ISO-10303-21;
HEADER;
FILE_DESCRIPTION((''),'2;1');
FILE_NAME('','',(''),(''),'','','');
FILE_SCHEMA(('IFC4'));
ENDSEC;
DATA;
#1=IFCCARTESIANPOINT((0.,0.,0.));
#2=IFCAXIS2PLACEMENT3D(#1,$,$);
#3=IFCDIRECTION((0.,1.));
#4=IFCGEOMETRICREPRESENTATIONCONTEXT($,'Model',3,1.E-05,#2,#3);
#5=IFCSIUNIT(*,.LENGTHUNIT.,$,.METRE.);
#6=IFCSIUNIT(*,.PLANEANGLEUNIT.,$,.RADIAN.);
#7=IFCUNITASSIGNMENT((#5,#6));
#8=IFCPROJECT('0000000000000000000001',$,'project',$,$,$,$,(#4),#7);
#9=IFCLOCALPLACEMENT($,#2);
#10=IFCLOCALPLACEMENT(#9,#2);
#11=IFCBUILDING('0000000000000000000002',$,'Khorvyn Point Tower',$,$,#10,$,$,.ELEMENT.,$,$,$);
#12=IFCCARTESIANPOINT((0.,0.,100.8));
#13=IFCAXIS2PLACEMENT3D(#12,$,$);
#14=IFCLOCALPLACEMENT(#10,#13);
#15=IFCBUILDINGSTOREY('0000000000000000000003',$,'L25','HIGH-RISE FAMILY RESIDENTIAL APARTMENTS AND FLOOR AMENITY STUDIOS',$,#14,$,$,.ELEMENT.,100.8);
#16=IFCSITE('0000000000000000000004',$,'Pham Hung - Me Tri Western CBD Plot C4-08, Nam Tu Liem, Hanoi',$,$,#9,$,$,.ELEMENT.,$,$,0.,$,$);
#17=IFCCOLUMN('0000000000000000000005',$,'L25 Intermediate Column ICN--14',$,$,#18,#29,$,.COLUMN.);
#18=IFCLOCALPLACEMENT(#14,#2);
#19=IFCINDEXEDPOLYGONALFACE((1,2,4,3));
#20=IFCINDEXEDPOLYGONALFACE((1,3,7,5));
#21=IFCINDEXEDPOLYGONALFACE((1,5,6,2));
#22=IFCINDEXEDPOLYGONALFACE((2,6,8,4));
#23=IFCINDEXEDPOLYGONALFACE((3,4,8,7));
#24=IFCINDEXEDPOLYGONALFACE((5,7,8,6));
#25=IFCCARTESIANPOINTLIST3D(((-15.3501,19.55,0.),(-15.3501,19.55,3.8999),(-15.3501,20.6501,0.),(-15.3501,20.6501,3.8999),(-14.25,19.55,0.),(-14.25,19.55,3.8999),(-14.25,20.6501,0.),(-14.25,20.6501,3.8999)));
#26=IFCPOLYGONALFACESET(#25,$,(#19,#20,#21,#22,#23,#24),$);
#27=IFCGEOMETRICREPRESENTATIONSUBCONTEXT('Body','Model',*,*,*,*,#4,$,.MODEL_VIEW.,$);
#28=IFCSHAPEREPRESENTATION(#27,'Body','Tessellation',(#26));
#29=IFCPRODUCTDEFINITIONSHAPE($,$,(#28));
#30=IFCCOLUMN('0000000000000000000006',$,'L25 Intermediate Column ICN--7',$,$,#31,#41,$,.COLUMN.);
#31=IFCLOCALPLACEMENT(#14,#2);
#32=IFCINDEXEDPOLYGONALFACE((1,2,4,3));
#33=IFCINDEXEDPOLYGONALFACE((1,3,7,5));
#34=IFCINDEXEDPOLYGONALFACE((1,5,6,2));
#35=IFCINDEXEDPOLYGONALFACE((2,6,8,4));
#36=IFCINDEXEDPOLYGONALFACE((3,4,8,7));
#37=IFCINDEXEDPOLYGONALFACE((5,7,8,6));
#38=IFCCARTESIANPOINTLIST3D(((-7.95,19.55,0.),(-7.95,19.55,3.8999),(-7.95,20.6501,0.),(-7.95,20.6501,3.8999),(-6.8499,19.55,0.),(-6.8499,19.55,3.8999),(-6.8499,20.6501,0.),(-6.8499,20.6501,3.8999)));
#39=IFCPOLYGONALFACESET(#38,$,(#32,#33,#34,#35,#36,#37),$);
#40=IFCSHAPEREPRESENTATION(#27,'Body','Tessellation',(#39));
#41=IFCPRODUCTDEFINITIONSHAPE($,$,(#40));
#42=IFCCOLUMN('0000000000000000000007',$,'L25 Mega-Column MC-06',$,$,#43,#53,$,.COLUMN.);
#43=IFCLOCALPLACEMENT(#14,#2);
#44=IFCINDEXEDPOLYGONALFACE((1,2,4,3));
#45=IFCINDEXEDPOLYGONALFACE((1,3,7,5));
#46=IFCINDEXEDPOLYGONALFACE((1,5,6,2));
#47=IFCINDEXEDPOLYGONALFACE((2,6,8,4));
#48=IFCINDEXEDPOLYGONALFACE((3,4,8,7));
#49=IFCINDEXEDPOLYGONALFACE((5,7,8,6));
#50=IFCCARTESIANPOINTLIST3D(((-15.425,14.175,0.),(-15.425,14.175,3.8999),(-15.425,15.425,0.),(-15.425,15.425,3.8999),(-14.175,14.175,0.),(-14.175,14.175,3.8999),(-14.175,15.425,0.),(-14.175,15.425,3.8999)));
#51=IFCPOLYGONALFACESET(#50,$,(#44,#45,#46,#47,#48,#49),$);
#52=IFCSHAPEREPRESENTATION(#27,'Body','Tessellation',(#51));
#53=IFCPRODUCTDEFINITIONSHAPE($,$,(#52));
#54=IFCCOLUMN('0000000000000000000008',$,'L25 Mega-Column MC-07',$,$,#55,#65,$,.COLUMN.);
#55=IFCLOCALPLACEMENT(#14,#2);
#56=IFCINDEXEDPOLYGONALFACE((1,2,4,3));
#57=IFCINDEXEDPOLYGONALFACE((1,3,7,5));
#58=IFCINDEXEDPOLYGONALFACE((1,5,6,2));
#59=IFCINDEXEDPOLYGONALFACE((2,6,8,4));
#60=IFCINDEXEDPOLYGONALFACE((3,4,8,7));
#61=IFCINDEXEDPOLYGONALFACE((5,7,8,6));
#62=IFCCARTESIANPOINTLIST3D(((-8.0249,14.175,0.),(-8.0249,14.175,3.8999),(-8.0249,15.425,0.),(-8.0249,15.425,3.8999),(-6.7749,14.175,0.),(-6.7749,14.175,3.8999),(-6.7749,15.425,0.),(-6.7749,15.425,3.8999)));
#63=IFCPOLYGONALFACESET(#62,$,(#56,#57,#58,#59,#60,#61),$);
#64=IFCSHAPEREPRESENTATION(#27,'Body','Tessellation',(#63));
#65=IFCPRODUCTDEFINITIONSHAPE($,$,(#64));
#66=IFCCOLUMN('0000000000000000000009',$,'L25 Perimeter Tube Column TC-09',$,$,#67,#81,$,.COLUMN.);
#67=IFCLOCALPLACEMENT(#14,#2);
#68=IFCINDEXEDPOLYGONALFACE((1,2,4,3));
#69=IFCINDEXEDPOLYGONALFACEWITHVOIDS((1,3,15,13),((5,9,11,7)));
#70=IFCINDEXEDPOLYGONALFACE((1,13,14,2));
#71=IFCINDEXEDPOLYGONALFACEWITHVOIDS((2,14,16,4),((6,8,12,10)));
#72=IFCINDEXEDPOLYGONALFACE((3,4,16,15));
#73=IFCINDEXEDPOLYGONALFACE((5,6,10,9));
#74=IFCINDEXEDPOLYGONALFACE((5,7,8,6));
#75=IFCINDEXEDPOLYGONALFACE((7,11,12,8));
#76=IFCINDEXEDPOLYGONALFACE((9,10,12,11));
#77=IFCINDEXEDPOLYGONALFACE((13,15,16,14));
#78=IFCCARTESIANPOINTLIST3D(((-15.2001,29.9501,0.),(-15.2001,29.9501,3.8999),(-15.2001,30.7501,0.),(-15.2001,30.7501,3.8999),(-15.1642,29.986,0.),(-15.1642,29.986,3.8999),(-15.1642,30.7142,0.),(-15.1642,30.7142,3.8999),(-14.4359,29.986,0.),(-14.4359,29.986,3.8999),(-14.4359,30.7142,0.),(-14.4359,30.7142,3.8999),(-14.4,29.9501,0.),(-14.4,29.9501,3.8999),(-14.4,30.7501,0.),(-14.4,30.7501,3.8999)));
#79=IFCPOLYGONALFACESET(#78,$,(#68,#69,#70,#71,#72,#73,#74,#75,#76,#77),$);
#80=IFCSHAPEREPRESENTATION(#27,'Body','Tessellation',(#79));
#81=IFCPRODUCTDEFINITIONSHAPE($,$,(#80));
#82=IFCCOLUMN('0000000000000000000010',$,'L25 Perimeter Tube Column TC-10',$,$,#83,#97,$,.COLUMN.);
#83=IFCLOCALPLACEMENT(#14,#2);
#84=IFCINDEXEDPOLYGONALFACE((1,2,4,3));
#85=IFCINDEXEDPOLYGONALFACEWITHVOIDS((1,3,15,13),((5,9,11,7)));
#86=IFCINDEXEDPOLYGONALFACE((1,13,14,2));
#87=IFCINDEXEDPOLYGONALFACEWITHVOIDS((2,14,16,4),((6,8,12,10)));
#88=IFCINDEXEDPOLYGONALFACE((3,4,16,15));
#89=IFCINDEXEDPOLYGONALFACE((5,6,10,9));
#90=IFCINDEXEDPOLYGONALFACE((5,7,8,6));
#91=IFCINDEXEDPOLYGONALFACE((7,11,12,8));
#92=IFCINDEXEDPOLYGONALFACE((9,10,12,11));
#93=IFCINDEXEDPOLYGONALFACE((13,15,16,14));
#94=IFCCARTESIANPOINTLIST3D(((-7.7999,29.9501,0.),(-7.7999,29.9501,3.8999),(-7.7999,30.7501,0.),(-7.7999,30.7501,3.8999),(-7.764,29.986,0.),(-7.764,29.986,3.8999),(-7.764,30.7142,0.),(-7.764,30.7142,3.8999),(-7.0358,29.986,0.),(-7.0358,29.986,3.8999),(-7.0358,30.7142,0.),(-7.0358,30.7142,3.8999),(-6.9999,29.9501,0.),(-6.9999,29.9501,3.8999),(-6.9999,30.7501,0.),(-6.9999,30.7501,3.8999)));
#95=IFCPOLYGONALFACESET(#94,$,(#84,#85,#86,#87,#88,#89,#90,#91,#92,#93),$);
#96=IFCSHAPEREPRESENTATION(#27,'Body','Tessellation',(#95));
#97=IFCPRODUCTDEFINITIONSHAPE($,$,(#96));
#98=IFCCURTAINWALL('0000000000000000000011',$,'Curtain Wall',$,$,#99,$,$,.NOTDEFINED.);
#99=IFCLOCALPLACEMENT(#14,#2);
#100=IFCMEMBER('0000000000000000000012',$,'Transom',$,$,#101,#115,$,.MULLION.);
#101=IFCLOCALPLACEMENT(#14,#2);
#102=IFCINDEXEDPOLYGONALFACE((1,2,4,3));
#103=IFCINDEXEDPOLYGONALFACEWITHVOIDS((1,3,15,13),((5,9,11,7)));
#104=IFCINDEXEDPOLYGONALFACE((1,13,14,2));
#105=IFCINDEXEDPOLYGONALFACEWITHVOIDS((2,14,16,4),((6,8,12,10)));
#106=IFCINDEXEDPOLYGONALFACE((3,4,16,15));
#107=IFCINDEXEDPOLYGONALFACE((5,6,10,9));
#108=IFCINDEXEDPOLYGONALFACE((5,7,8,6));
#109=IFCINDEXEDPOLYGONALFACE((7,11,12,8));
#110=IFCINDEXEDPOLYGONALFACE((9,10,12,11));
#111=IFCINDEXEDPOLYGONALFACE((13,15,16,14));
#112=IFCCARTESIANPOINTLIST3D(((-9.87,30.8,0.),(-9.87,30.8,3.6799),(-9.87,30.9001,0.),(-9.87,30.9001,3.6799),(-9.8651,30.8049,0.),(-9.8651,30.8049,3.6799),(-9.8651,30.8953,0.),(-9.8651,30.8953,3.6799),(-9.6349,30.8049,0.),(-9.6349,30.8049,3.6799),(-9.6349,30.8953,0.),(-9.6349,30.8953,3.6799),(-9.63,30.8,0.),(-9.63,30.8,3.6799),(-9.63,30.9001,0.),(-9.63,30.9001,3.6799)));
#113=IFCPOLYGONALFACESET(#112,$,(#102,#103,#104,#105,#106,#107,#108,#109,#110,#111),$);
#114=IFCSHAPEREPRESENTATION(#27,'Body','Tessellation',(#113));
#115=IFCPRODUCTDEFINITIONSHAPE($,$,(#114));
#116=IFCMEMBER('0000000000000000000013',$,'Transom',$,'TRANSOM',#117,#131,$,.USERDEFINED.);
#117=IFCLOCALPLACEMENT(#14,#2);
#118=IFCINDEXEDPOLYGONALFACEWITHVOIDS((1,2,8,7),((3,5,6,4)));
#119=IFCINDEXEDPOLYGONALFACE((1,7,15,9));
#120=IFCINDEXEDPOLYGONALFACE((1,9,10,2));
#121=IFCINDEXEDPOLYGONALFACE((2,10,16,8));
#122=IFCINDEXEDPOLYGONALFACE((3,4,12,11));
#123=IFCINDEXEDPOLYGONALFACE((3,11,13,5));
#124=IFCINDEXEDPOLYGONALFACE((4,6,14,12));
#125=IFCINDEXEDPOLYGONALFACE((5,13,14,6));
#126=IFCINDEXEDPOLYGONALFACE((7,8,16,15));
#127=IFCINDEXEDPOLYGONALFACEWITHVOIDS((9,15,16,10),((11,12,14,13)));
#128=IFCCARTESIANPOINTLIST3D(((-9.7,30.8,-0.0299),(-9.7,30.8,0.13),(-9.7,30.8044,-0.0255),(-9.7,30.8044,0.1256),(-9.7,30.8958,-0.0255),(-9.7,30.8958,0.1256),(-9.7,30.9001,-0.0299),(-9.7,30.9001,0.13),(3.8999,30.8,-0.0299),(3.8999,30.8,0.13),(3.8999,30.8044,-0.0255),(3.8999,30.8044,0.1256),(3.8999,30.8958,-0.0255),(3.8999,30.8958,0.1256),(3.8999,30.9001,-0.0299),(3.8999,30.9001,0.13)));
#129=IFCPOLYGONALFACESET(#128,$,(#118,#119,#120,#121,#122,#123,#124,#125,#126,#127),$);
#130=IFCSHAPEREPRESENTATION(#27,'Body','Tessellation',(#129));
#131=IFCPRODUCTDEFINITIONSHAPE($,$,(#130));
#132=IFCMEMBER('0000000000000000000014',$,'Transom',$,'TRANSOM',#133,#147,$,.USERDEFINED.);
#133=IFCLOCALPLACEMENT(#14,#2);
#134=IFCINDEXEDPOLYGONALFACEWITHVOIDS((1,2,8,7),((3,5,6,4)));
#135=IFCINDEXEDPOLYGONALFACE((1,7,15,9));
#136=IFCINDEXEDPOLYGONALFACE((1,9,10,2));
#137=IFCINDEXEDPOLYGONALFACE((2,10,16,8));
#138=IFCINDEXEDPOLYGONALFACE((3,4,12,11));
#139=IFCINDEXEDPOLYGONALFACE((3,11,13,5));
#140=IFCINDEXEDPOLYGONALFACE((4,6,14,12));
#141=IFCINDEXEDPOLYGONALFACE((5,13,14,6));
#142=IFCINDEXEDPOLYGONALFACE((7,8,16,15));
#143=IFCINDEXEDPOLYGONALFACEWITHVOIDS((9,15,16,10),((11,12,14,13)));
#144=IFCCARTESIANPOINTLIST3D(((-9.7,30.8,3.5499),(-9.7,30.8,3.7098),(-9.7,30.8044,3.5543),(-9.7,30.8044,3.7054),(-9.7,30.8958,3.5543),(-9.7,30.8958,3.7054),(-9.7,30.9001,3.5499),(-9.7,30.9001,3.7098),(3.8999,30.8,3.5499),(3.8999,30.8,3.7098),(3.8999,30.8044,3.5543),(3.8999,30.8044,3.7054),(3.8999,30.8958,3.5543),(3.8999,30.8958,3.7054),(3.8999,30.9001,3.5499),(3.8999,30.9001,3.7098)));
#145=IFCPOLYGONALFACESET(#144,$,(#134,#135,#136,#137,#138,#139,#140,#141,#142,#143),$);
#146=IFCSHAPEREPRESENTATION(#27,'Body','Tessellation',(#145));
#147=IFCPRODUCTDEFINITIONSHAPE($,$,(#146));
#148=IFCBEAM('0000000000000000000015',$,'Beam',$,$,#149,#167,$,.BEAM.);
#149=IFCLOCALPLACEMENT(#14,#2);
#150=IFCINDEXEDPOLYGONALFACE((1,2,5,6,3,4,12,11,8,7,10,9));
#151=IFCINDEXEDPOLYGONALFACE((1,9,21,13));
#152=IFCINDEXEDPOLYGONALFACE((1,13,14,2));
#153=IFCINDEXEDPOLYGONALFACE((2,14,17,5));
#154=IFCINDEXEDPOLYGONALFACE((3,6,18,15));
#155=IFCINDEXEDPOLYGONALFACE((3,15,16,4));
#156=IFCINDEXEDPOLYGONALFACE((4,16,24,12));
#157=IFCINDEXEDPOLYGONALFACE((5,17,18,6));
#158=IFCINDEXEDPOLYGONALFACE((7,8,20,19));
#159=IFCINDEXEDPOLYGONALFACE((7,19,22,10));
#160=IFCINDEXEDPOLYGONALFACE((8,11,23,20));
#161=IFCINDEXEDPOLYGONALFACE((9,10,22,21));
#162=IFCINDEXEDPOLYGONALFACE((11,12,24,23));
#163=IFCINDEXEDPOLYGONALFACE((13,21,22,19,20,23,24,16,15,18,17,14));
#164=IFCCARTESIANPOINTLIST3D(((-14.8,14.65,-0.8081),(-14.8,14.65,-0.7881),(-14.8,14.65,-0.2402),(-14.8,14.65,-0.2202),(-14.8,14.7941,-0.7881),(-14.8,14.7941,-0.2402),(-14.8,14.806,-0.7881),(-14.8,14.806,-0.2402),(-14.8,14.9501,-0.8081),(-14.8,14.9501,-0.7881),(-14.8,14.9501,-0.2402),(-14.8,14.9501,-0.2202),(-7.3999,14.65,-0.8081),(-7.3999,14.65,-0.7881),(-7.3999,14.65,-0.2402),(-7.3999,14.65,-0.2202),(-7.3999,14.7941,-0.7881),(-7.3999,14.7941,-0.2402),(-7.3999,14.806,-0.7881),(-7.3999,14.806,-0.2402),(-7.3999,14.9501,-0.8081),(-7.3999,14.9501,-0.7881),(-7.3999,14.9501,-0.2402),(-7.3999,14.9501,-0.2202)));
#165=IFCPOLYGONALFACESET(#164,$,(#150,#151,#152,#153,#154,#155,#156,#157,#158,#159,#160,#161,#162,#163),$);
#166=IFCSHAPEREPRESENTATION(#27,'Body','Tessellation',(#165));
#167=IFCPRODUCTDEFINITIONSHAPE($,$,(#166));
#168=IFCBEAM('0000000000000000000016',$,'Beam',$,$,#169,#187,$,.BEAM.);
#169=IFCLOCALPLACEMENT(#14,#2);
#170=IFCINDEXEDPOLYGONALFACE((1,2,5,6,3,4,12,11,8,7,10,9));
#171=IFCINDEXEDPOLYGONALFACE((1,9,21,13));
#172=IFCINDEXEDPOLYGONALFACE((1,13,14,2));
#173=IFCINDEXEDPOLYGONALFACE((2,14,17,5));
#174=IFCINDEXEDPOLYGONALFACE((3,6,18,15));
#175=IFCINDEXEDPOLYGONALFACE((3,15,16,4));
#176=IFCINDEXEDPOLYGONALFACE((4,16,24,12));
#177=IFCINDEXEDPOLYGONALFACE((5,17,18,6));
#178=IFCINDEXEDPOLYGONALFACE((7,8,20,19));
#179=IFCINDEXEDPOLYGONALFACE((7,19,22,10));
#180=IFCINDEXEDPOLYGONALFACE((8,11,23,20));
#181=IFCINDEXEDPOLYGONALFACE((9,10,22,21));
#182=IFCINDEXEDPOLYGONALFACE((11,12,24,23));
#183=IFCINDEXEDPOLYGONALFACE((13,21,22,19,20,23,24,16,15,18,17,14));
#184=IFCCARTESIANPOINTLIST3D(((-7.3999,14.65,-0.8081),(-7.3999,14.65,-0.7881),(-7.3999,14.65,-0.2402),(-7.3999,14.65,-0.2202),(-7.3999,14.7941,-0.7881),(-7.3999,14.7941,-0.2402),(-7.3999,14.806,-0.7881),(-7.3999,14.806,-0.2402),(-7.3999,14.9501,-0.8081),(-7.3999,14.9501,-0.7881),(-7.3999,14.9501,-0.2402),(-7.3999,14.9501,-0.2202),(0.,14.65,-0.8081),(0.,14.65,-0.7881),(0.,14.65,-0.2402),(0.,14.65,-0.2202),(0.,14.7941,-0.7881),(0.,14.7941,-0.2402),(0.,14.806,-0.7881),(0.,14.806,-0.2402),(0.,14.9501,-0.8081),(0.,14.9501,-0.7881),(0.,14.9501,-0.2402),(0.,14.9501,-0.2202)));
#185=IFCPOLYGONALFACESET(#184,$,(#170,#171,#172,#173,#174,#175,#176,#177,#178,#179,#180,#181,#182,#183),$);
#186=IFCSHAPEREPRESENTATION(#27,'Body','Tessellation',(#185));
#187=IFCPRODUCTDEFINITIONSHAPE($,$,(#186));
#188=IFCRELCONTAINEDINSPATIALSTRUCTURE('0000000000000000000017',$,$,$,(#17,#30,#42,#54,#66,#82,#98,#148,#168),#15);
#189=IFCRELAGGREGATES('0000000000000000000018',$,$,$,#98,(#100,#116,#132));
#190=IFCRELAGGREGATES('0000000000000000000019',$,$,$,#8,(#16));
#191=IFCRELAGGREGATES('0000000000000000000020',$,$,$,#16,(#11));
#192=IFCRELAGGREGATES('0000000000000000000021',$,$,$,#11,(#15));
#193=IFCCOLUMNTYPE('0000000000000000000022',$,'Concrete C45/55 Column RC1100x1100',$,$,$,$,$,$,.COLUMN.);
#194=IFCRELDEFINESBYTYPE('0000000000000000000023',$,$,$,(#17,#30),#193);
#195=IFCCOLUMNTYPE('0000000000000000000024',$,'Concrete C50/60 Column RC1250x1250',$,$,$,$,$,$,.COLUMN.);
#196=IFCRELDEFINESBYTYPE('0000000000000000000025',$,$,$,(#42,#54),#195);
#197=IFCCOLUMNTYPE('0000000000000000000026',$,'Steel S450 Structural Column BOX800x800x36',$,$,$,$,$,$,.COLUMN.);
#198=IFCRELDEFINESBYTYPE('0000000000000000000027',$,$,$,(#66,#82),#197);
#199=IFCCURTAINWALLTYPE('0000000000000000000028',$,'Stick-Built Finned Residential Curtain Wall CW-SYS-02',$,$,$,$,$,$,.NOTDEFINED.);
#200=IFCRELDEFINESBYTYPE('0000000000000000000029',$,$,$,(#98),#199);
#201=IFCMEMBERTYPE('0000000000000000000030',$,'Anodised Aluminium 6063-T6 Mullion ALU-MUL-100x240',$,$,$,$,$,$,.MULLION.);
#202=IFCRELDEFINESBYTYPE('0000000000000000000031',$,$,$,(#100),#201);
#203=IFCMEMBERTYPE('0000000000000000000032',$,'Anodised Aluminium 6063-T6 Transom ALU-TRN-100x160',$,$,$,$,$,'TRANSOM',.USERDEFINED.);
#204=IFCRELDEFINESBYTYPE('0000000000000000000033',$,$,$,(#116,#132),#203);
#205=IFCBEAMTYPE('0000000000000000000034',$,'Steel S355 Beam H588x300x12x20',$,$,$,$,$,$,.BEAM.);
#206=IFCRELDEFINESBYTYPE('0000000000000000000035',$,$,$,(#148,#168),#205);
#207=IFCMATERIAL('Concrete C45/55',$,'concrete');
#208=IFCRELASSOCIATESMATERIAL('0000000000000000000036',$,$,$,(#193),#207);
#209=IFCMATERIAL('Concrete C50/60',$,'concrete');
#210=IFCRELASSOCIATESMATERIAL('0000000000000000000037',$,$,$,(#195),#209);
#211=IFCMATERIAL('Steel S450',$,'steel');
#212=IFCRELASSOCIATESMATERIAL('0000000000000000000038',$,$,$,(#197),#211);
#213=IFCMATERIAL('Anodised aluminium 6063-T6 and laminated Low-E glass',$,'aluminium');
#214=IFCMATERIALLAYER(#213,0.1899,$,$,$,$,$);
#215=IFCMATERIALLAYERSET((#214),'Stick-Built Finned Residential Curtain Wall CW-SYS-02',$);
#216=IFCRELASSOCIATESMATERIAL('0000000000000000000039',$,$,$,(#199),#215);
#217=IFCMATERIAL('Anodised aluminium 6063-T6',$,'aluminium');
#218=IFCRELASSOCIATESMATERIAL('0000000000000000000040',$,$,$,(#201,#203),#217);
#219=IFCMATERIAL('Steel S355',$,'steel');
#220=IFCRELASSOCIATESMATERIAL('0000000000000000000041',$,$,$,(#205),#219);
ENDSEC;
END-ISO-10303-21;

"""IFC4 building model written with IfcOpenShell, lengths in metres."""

from ifc_helpers import new_model, si_unit, direction, frame, origin, origin_2d, place, context, subcontext, project, spatial, rectangle, hollow_rectangle, i_section, extrude, material, layer, layer_set, material_profile, profile_set, type_object, element, aggregate, save


model = new_model("IFC4")

# Units and contexts
model_context = context("Model", 3, precision=1e-05, world=origin(), true_north=direction((0.0, 1.0)))
body_context = subcontext(model_context, "Body", "Model", "MODEL_VIEW")
ifc_project = project(units=[si_unit("LENGTHUNIT", "METRE"), si_unit("PLANEANGLEUNIT", "RADIAN")], contexts=[model_context])

# Site, building, storey
site_placement = place(None, origin())
site = spatial("IfcSite", under=ifc_project, at=site_placement, Name="Pham Hung - Me Tri Western CBD Plot C4-08, Nam Tu Liem, Hanoi", CompositionType="ELEMENT", RefElevation=0.0)
building_placement = place(site_placement, origin())
building = spatial("IfcBuilding", under=site, at=building_placement, Name="Khorvyn Point Tower", CompositionType="ELEMENT")
storey_placement = place(building_placement, frame((0.0, 0.0, 100.8)))
storey = spatial("IfcBuildingStorey", under=building, at=storey_placement, Name="L25", Description="HIGH-RISE FAMILY RESIDENTIAL APARTMENTS AND FLOOR AMENITY STUDIOS", CompositionType="ELEMENT", Elevation=100.8)

# Columns
ifc_material_1 = material(Name="Concrete C45/55", Category="concrete")
ifc_material_profile_1 = material_profile(ifc_material_1, rectangle(XDim=1.1001, YDim=1.1001, at=origin_2d()))
ifc_profile_set_1 = profile_set([ifc_material_profile_1], Name="Concrete C45/55 RC1100x1100")
column_type_1 = type_object("IfcColumnType", Name="Concrete C45/55 Column RC1100x1100", PredefinedType="COLUMN", material=ifc_profile_set_1)
for number, where, z_axis, x_axis, name in (
    (1, (-14.8, 20.1001, 0.0), (0.0, 0.0, 1.0), (1.0, 0.0, 0.0), "L25 Intermediate Column ICN--14"),
    (2, (-7.3999, 20.1001, 0.0), (0.0, 0.0, 1.0), (1.0, 0.0, 0.0), "L25 Intermediate Column ICN--7"),
):
    element("IfcColumn", number, at=place(storey_placement, frame(where, z_axis=z_axis, x_axis=x_axis)), inside=storey, type_object=column_type_1, Name=name, PredefinedType="COLUMN", context=body_context, shape_type="SweptSolid", body=[
        extrude(rectangle(XDim=1.1001, YDim=1.1001, at=origin_2d()), origin(), (0.0, 0.0, 1.0), 3.8999),
    ])
ifc_material_2 = material(Name="Concrete C50/60", Category="concrete")
ifc_material_profile_2 = material_profile(ifc_material_2, rectangle(XDim=1.25, YDim=1.25, at=origin_2d()))
ifc_profile_set_2 = profile_set([ifc_material_profile_2], Name="Concrete C50/60 RC1250x1250")
column_type_2 = type_object("IfcColumnType", Name="Concrete C50/60 Column RC1250x1250", PredefinedType="COLUMN", material=ifc_profile_set_2)
for number, where, z_axis, x_axis, name in (
    (3, (-14.8, 14.8, 0.0), (0.0, 0.0, 1.0), (1.0, 0.0, 0.0), "L25 Mega-Column MC-06"),
    (4, (-7.3999, 14.8, 0.0), (0.0, 0.0, 1.0), (1.0, 0.0, 0.0), "L25 Mega-Column MC-07"),
):
    element("IfcColumn", number, at=place(storey_placement, frame(where, z_axis=z_axis, x_axis=x_axis)), inside=storey, type_object=column_type_2, Name=name, PredefinedType="COLUMN", context=body_context, shape_type="SweptSolid", body=[
        extrude(rectangle(XDim=1.25, YDim=1.25, at=origin_2d()), origin(), (0.0, 0.0, 1.0), 3.8999),
    ])
ifc_material_3 = material(Name="Steel S450", Category="steel")
ifc_material_profile_3 = material_profile(ifc_material_3, hollow_rectangle(XDim=0.8, YDim=0.8, WallThickness=0.0359, at=origin_2d()))
ifc_profile_set_3 = profile_set([ifc_material_profile_3], Name="Steel S450 BOX800x800x36")
column_type_3 = type_object("IfcColumnType", Name="Steel S450 Structural Column BOX800x800x36", PredefinedType="COLUMN", material=ifc_profile_set_3)
for number, where, z_axis, x_axis, name in (
    (5, (-14.8, 30.3501, 0.0), (0.0, 0.0, 1.0), (1.0, 0.0, 0.0), "L25 Perimeter Tube Column TC-09"),
    (6, (-7.3999, 30.3501, 0.0), (0.0, 0.0, 1.0), (1.0, 0.0, 0.0), "L25 Perimeter Tube Column TC-10"),
):
    element("IfcColumn", number, at=place(storey_placement, frame(where, z_axis=z_axis, x_axis=x_axis)), inside=storey, type_object=column_type_3, Name=name, PredefinedType="COLUMN", context=body_context, shape_type="SweptSolid", body=[
        extrude(hollow_rectangle(XDim=0.8, YDim=0.8, WallThickness=0.0359, at=origin_2d()), origin(), (0.0, 0.0, 1.0), 3.8999),
    ])

# Curtain wall, members
ifc_material_4 = material(Name="Anodised aluminium 6063-T6 and laminated Low-E glass", Category="aluminium")
ifc_layer_1 = layer(ifc_material_4, 0.1899)
ifc_layer_set_1 = layer_set([ifc_layer_1], Name="Stick-Built Finned Residential Curtain Wall CW-SYS-02")
curtain_wall_type = type_object("IfcCurtainWallType", Name="Stick-Built Finned Residential Curtain Wall CW-SYS-02", PredefinedType="NOTDEFINED", material=ifc_layer_set_1)
curtain_wall_placement = place(storey_placement, origin())
curtain_wall = element("IfcCurtainWall", 7, at=curtain_wall_placement, inside=storey, type_object=curtain_wall_type, Name="Curtain Wall", PredefinedType="NOTDEFINED")
ifc_material_5 = material(Name="Anodised aluminium 6063-T6", Category="aluminium")
ifc_material_profile_4 = material_profile(ifc_material_5, hollow_rectangle(XDim=0.1001, YDim=0.24, WallThickness=0.0049, at=origin_2d()))
ifc_profile_set_4 = profile_set([ifc_material_profile_4], Name="Anodised aluminium 6063-T6 ALU-MUL-100x240")
member_type_1 = type_object("IfcMemberType", Name="Anodised Aluminium 6063-T6 Mullion ALU-MUL-100x240", PredefinedType="MULLION", material=ifc_profile_set_4)
member_1_placement = place(storey_placement, frame((-9.75, 30.8501, 0.0), z_axis=(0.0, 0.0, 1.0), x_axis=(0.0, 1.0, 0.0)))
member_1 = element("IfcMember", 8, at=member_1_placement, type_object=member_type_1, Name="Transom", PredefinedType="MULLION", context=body_context, shape_type="SweptSolid", body=[
    extrude(hollow_rectangle(XDim=0.1001, YDim=0.24, WallThickness=0.0049, at=origin_2d()), origin(), (0.0, 0.0, 1.0), 3.6799),
])
ifc_material_profile_5 = material_profile(ifc_material_5, hollow_rectangle(XDim=0.1001, YDim=0.1599, WallThickness=0.0044, at=origin_2d()))
ifc_profile_set_5 = profile_set([ifc_material_profile_5], Name="Anodised aluminium 6063-T6 ALU-TRN-100x160")
member_type_2 = type_object("IfcMemberType", Name="Anodised Aluminium 6063-T6 Transom ALU-TRN-100x160", ElementType="TRANSOM", PredefinedType="USERDEFINED", material=ifc_profile_set_5)
member_2_placement = place(storey_placement, frame((-9.7, 30.8501, 0.05), z_axis=(1.0, 0.0, 0.0), x_axis=(0.0, 1.0, 0.0)))
member_2 = element("IfcMember", 9, at=member_2_placement, type_object=member_type_2, Name="Transom", ObjectType="TRANSOM", PredefinedType="USERDEFINED", context=body_context, shape_type="SweptSolid", body=[
    extrude(hollow_rectangle(XDim=0.1001, YDim=0.1599, WallThickness=0.0044, at=origin_2d()), origin(), (0.0, 0.0, 1.0), 13.5999),
])
member_3_placement = place(storey_placement, frame((-9.7, 30.8501, 3.6299), z_axis=(1.0, 0.0, 0.0), x_axis=(0.0, 1.0, 0.0)))
member_3 = element("IfcMember", 10, at=member_3_placement, type_object=member_type_2, Name="Transom", ObjectType="TRANSOM", PredefinedType="USERDEFINED", context=body_context, shape_type="SweptSolid", body=[
    extrude(hollow_rectangle(XDim=0.1001, YDim=0.1599, WallThickness=0.0044, at=origin_2d()), origin(), (0.0, 0.0, 1.0), 13.5999),
])

# Beams
ifc_material_6 = material(Name="Steel S355", Category="steel")
ifc_material_profile_6 = material_profile(ifc_material_6, i_section(OverallWidth=0.3, OverallDepth=0.5879, WebThickness=0.012, FlangeThickness=0.02, at=origin_2d()))
ifc_profile_set_6 = profile_set([ifc_material_profile_6], Name="Steel S355 H588x300x12x20")
beam_type_1 = type_object("IfcBeamType", Name="Steel S355 Beam H588x300x12x20", PredefinedType="BEAM", material=ifc_profile_set_6)
beam_1_placement = place(storey_placement, frame((-14.8, 14.8, -0.5142), z_axis=(1.0, 0.0, 0.0), x_axis=(0.0, 1.0, 0.0)))
element("IfcBeam", 11, at=beam_1_placement, inside=storey, type_object=beam_type_1, Name="Beam", PredefinedType="BEAM", context=body_context, shape_type="SweptSolid", body=[
    extrude(i_section(OverallWidth=0.3, OverallDepth=0.5879, WebThickness=0.012, FlangeThickness=0.02, at=origin_2d()), origin(), (0.0, 0.0, 1.0), 7.4001),
])
beam_2_placement = place(storey_placement, frame((-7.3999, 14.8, -0.5142), z_axis=(1.0, 0.0, 0.0), x_axis=(0.0, 1.0, 0.0)))
element("IfcBeam", 12, at=beam_2_placement, inside=storey, type_object=beam_type_1, Name="Beam", PredefinedType="BEAM", context=body_context, shape_type="SweptSolid", body=[
    extrude(i_section(OverallWidth=0.3, OverallDepth=0.5879, WebThickness=0.012, FlangeThickness=0.02, at=origin_2d()), origin(), (0.0, 0.0, 1.0), 7.3999),
])

aggregate(curtain_wall, [member_1, member_2, member_3])

save(model, "model.ifc")
